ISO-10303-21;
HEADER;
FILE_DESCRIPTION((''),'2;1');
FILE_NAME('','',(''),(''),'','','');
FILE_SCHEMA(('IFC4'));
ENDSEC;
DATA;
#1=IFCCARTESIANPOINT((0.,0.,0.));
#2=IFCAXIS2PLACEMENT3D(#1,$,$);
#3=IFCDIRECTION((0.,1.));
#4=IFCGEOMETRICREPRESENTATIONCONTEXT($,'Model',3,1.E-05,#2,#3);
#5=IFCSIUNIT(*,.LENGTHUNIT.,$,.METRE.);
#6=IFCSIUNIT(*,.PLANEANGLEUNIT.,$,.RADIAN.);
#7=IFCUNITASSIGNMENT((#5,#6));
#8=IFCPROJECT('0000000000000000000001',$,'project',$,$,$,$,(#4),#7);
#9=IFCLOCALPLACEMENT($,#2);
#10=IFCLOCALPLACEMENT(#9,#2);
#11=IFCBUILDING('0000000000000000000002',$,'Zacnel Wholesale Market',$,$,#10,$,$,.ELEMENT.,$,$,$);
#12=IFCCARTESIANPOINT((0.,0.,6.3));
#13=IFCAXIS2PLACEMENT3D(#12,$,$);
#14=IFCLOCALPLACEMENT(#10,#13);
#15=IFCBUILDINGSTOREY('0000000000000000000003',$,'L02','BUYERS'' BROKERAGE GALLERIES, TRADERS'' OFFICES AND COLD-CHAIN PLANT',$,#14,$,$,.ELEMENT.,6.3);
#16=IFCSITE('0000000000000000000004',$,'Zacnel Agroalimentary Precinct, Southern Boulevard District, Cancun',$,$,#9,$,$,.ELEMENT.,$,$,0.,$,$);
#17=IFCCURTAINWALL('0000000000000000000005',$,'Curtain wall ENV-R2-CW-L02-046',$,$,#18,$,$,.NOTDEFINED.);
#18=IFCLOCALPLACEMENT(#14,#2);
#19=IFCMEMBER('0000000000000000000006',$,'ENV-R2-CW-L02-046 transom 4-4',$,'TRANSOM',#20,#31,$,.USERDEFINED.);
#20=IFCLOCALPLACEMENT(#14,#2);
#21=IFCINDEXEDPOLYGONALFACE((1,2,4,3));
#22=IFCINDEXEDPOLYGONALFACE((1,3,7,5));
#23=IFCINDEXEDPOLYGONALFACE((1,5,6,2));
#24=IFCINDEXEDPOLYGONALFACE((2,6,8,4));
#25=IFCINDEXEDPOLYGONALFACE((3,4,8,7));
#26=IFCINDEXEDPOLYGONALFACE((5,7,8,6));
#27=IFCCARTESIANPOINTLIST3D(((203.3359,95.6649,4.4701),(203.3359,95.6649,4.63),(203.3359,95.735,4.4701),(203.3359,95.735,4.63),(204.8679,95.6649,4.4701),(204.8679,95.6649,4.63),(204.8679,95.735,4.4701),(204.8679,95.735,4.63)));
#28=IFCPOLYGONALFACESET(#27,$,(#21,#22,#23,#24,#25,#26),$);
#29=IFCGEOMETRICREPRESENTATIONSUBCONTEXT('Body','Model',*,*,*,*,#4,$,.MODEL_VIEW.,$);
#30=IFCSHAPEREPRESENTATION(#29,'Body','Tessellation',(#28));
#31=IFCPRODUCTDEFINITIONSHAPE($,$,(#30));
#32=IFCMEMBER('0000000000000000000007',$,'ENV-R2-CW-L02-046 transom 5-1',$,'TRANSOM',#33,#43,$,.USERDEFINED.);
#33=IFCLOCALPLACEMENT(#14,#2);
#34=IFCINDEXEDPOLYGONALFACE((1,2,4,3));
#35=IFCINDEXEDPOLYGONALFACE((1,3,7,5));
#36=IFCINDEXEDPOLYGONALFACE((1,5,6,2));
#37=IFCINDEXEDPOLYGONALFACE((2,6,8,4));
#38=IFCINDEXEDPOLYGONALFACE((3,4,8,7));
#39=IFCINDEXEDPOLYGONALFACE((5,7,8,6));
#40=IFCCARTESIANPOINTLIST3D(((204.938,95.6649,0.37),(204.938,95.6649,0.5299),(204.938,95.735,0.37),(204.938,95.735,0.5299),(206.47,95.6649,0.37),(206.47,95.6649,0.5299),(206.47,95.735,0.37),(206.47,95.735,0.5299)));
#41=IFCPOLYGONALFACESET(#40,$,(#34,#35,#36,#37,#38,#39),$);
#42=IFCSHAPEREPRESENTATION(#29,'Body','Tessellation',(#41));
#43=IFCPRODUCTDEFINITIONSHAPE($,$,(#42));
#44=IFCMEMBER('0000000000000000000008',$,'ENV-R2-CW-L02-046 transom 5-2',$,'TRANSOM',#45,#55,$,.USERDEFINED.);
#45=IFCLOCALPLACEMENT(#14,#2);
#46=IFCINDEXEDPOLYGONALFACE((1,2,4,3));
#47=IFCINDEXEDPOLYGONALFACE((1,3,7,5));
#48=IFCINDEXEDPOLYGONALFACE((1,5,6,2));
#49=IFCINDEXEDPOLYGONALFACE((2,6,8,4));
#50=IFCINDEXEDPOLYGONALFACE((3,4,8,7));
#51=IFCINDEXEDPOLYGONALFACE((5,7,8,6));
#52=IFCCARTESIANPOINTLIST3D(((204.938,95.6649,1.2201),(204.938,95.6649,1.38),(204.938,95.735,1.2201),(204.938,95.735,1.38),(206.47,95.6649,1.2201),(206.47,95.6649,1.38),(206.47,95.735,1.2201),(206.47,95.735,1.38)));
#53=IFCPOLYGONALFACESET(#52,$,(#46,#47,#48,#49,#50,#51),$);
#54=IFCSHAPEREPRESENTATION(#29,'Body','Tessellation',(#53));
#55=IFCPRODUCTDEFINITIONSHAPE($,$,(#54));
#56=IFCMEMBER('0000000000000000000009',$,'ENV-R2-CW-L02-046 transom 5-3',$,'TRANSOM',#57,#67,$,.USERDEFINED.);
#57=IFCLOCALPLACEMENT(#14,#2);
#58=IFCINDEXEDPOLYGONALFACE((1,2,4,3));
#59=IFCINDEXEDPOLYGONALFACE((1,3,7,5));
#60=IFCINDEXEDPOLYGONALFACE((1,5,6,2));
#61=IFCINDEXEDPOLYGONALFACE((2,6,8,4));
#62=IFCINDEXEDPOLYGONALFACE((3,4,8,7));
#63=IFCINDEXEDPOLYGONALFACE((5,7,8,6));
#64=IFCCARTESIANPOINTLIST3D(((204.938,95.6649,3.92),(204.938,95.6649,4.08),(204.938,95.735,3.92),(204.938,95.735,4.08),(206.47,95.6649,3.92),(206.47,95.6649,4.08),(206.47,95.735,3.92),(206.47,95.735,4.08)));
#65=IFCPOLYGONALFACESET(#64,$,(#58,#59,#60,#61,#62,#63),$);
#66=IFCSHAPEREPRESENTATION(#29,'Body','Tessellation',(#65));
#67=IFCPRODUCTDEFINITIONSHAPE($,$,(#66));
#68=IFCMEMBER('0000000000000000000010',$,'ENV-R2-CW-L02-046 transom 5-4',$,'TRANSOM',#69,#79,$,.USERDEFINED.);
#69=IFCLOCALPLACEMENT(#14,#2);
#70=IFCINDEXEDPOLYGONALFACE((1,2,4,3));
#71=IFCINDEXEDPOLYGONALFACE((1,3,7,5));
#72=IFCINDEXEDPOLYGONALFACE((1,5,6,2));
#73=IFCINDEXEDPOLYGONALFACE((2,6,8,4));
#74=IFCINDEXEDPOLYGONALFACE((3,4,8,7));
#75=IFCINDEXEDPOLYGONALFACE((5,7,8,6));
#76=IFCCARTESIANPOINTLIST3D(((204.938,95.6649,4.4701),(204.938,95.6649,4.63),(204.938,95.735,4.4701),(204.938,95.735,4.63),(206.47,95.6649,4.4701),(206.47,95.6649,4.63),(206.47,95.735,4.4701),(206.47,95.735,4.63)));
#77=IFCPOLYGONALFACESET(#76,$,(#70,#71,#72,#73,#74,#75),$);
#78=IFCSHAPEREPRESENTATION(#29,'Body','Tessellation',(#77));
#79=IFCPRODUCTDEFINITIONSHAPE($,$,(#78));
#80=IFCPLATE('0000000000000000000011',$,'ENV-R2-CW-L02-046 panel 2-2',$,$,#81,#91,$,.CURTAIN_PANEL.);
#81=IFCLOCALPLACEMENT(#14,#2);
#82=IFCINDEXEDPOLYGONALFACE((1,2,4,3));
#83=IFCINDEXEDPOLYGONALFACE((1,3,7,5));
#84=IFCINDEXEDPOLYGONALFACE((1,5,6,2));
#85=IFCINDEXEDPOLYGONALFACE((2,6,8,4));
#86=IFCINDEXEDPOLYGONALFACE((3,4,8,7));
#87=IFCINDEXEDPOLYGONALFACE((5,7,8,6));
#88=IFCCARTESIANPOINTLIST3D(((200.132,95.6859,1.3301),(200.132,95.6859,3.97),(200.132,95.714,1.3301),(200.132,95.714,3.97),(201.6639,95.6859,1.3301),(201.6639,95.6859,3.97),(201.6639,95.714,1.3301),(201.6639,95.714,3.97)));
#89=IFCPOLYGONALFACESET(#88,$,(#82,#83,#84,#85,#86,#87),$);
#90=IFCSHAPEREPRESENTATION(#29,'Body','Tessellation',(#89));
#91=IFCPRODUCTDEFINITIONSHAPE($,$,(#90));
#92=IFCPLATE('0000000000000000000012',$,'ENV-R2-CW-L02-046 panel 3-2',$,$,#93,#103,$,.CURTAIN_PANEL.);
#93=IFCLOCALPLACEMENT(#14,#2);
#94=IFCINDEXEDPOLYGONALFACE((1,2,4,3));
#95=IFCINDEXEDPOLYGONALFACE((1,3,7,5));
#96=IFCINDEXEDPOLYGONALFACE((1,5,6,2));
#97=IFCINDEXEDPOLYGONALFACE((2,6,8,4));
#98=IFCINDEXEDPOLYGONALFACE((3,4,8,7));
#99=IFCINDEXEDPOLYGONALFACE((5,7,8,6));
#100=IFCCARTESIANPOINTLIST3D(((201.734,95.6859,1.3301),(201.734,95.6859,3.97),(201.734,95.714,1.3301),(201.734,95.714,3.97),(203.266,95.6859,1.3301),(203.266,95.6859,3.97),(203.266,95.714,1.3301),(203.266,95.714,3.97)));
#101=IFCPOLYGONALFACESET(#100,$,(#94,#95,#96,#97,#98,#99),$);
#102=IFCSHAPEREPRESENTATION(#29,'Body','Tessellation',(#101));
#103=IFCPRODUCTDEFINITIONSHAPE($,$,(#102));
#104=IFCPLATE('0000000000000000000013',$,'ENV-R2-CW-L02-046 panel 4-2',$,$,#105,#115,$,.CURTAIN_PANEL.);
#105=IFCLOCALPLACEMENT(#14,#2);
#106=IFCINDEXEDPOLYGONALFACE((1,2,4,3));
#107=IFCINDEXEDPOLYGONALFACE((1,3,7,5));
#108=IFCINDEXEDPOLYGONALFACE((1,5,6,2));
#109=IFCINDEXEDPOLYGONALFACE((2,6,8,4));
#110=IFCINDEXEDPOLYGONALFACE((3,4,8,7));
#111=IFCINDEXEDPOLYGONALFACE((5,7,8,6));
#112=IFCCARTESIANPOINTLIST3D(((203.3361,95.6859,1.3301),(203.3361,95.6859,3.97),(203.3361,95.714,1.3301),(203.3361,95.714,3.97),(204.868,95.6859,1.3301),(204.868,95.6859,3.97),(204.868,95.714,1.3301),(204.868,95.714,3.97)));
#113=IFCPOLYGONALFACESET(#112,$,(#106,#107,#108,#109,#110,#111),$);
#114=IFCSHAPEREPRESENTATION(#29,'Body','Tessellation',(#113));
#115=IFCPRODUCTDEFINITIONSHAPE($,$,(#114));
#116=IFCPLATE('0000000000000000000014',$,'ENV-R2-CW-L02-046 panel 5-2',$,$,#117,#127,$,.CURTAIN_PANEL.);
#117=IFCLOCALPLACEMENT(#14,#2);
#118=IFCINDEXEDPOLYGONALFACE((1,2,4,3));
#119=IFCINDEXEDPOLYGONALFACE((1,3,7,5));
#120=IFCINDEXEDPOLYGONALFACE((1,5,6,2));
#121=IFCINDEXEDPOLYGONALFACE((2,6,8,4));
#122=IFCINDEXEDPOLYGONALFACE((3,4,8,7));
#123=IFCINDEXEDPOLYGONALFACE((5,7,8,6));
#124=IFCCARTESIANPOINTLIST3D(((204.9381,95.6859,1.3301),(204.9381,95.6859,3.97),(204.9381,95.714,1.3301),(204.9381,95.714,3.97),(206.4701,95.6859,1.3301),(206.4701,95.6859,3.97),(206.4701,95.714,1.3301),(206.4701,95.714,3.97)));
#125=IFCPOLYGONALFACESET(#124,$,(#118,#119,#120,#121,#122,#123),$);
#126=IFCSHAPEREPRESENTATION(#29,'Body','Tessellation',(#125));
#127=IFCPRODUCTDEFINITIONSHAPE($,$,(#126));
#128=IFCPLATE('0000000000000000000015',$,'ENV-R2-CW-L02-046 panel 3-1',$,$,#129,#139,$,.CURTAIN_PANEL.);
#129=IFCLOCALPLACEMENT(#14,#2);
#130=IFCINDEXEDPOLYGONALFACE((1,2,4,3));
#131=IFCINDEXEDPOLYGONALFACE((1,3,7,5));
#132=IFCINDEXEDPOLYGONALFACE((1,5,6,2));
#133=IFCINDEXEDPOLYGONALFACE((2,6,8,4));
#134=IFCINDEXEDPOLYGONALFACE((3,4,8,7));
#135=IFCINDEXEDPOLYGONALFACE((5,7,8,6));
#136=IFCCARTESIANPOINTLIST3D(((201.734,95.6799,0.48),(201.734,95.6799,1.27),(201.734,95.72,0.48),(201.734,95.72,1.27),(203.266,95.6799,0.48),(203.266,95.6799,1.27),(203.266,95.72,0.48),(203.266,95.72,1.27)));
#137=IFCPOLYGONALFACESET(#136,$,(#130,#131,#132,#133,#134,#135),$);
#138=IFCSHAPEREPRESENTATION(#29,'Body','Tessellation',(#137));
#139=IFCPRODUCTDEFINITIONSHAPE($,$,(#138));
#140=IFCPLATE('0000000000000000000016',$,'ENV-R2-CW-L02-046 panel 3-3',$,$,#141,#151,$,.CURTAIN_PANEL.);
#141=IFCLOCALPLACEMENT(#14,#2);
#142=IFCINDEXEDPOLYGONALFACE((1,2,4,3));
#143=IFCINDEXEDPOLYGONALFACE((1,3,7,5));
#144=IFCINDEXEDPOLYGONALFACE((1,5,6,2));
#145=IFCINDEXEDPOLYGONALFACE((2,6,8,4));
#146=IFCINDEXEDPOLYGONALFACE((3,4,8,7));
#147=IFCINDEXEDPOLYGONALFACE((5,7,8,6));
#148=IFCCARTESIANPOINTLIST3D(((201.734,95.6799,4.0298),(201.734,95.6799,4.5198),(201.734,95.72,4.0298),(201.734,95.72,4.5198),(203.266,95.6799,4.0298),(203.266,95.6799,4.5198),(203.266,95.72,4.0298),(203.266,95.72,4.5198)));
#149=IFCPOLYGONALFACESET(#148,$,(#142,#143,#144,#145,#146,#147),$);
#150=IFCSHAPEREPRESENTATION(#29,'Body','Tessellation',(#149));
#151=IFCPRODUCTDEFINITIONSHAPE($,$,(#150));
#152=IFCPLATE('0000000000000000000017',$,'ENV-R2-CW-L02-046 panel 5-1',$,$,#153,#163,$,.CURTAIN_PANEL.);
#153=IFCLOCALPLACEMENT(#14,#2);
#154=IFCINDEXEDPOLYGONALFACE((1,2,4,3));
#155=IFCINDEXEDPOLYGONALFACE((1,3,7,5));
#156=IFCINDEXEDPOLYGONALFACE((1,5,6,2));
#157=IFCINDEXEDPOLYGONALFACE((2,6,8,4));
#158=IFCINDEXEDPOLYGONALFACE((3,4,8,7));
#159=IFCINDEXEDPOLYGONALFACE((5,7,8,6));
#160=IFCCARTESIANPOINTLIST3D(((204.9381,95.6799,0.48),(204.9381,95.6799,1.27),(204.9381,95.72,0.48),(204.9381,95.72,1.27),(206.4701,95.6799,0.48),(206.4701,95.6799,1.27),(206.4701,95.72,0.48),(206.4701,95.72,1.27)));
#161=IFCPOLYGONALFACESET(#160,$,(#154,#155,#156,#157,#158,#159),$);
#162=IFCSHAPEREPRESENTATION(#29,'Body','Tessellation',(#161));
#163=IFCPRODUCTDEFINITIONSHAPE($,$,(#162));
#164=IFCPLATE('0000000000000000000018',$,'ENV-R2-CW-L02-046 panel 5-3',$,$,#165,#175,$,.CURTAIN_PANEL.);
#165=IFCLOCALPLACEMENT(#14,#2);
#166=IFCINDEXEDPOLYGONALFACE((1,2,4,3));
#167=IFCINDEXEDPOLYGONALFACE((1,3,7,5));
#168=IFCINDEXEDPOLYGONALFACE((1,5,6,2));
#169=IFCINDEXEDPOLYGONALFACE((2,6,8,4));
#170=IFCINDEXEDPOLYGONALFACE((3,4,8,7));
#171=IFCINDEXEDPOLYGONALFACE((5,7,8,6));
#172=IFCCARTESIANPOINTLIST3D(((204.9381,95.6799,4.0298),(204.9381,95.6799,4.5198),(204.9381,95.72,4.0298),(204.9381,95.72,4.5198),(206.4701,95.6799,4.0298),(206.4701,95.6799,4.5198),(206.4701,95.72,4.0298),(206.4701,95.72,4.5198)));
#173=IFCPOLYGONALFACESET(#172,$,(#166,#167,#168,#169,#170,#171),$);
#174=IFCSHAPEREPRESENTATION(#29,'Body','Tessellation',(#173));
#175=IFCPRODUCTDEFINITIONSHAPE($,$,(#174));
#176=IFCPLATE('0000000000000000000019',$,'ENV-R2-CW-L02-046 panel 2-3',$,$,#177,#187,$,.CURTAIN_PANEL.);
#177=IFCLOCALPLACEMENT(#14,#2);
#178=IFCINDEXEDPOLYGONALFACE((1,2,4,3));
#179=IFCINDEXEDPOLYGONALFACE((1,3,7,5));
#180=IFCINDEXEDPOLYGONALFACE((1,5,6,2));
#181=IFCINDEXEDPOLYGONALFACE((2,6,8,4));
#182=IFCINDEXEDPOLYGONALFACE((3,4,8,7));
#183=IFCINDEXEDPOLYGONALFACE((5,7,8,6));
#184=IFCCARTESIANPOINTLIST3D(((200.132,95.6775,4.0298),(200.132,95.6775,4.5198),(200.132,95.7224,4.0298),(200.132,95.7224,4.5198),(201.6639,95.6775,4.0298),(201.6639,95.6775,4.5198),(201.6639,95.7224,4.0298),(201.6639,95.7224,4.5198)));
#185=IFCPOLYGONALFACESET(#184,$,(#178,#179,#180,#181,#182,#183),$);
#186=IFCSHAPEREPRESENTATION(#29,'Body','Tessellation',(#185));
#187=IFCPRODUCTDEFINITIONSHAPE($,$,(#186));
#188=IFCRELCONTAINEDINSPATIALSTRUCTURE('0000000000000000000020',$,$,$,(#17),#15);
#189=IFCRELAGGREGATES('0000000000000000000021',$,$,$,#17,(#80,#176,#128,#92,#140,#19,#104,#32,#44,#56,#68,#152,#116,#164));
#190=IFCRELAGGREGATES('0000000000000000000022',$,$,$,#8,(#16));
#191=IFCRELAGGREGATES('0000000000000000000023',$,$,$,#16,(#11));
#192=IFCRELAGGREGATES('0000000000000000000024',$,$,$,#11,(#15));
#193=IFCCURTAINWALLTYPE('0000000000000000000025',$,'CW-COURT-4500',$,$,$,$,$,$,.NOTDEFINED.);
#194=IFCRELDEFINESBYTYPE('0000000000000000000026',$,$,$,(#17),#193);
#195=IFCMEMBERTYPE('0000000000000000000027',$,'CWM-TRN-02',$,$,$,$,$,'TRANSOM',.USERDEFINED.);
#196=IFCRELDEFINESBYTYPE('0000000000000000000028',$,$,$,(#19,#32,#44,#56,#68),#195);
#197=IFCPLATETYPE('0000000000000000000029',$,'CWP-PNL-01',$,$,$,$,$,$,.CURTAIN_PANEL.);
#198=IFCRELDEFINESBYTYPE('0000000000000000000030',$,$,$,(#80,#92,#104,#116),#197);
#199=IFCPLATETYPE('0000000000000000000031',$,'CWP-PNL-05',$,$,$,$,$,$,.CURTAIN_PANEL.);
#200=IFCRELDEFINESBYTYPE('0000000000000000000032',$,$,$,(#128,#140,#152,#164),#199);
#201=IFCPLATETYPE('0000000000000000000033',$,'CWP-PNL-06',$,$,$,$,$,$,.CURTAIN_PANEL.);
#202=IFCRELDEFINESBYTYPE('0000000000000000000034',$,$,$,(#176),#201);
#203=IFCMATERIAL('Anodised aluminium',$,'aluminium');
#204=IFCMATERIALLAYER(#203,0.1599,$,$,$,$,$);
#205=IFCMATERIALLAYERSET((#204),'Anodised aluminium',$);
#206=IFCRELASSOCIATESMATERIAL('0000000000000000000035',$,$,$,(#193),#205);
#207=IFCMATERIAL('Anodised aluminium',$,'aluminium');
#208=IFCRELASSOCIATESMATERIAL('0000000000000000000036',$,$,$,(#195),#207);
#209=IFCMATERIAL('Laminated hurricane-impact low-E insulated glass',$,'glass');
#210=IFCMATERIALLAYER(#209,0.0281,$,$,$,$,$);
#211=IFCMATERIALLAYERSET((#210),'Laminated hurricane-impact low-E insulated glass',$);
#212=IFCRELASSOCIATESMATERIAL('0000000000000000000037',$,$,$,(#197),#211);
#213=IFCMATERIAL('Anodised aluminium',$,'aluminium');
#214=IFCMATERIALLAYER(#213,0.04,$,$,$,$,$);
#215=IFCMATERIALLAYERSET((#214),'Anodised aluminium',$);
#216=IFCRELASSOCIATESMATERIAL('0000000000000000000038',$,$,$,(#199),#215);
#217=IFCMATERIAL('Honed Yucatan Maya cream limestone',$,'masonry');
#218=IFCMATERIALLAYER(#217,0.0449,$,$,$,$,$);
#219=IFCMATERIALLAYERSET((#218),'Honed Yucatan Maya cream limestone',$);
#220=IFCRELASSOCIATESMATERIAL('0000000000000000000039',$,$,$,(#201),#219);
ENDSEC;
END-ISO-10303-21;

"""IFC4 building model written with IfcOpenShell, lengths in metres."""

from ifc_helpers import new_model, si_unit, direction, frame, origin, origin_2d, place, context, subcontext, project, spatial, rectangle, extrude, material, layer, layer_set, material_profile, profile_set, type_object, element, aggregate, save


model = new_model("IFC4")

# Units and contexts
model_context = context("Model", 3, precision=1e-05, world=origin(), true_north=direction((0.0, 1.0)))
body_context = subcontext(model_context, "Body", "Model", "MODEL_VIEW")
ifc_project = project(units=[si_unit("LENGTHUNIT", "METRE"), si_unit("PLANEANGLEUNIT", "RADIAN")], contexts=[model_context])

# Site, building, storey
site_placement = place(None, origin())
site = spatial("IfcSite", under=ifc_project, at=site_placement, Name="Zacnel Agroalimentary Precinct, Southern Boulevard District, Cancun", CompositionType="ELEMENT", RefElevation=0.0)
building_placement = place(site_placement, origin())
building = spatial("IfcBuilding", under=site, at=building_placement, Name="Zacnel Wholesale Market", CompositionType="ELEMENT")
storey_placement = place(building_placement, frame((0.0, 0.0, 6.3)))
storey = spatial("IfcBuildingStorey", under=building, at=storey_placement, Name="L02", Description="BUYERS' BROKERAGE GALLERIES, TRADERS' OFFICES AND COLD-CHAIN PLANT", CompositionType="ELEMENT", Elevation=6.3)

# Curtain wall, members, plates
ifc_material_1 = material(Name="Anodised aluminium", Category="aluminium")
ifc_layer_1 = layer(ifc_material_1, 0.1599)
ifc_layer_set_1 = layer_set([ifc_layer_1], Name="Anodised aluminium")
curtain_wall_type = type_object("IfcCurtainWallType", Name="CW-COURT-4500", PredefinedType="NOTDEFINED", material=ifc_layer_set_1)
curtain_wall_placement = place(storey_placement, origin())
curtain_wall = element("IfcCurtainWall", 1, at=curtain_wall_placement, inside=storey, type_object=curtain_wall_type, Name="Curtain wall ENV-R2-CW-L02-046", PredefinedType="NOTDEFINED")
ifc_material_2 = material(Name="Anodised aluminium", Category="aluminium")
ifc_material_profile_1 = material_profile(ifc_material_2, rectangle(XDim=0.0701, YDim=0.1599, at=origin_2d()), Name="AW-TRANSOM 70x160")
ifc_profile_set_1 = profile_set([ifc_material_profile_1], Name="Anodised aluminium")
member_type_1 = type_object("IfcMemberType", Name="CWM-TRN-02", ElementType="TRANSOM", PredefinedType="USERDEFINED", material=ifc_profile_set_1)
member_1_placement = place(storey_placement, frame((203.3359, 95.7, 4.55), z_axis=(1.0, 0.0, 0.0), x_axis=(0.0, 1.0, 0.0)))
member_1 = element("IfcMember", 2, at=member_1_placement, type_object=member_type_1, Name="ENV-R2-CW-L02-046 transom 4-4", ObjectType="TRANSOM", PredefinedType="USERDEFINED", context=body_context, shape_type="SweptSolid", body=[
    extrude(rectangle(XDim=0.0701, YDim=0.1599, at=origin_2d()), origin(), (0.0, 0.0, 1.0), 1.532),
])
member_2_placement = place(storey_placement, frame((204.938, 95.7, 0.45), z_axis=(1.0, 0.0, 0.0), x_axis=(0.0, 1.0, 0.0)))
member_2 = element("IfcMember", 3, at=member_2_placement, type_object=member_type_1, Name="ENV-R2-CW-L02-046 transom 5-1", ObjectType="TRANSOM", PredefinedType="USERDEFINED", context=body_context, shape_type="SweptSolid", body=[
    extrude(rectangle(XDim=0.0701, YDim=0.1599, at=origin_2d()), origin(), (0.0, 0.0, 1.0), 1.532),
])
member_3_placement = place(storey_placement, frame((204.938, 95.7, 1.3), z_axis=(1.0, 0.0, 0.0), x_axis=(0.0, 1.0, 0.0)))
member_3 = element("IfcMember", 4, at=member_3_placement, type_object=member_type_1, Name="ENV-R2-CW-L02-046 transom 5-2", ObjectType="TRANSOM", PredefinedType="USERDEFINED", context=body_context, shape_type="SweptSolid", body=[
    extrude(rectangle(XDim=0.0701, YDim=0.1599, at=origin_2d()), origin(), (0.0, 0.0, 1.0), 1.532),
])
member_4_placement = place(storey_placement, frame((204.938, 95.7, 4.0), z_axis=(1.0, 0.0, 0.0), x_axis=(0.0, 1.0, 0.0)))
member_4 = element("IfcMember", 5, at=member_4_placement, type_object=member_type_1, Name="ENV-R2-CW-L02-046 transom 5-3", ObjectType="TRANSOM", PredefinedType="USERDEFINED", context=body_context, shape_type="SweptSolid", body=[
    extrude(rectangle(XDim=0.0701, YDim=0.1599, at=origin_2d()), origin(), (0.0, 0.0, 1.0), 1.532),
])
member_5_placement = place(storey_placement, frame((204.938, 95.7, 4.55), z_axis=(1.0, 0.0, 0.0), x_axis=(0.0, 1.0, 0.0)))
member_5 = element("IfcMember", 6, at=member_5_placement, type_object=member_type_1, Name="ENV-R2-CW-L02-046 transom 5-4", ObjectType="TRANSOM", PredefinedType="USERDEFINED", context=body_context, shape_type="SweptSolid", body=[
    extrude(rectangle(XDim=0.0701, YDim=0.1599, at=origin_2d()), origin(), (0.0, 0.0, 1.0), 1.532),
])
ifc_material_3 = material(Name="Laminated hurricane-impact low-E insulated glass", Category="glass")
ifc_layer_2 = layer(ifc_material_3, 0.0281)
ifc_layer_set_2 = layer_set([ifc_layer_2], Name="Laminated hurricane-impact low-E insulated glass")
plate_type_1 = type_object("IfcPlateType", Name="CWP-PNL-01", PredefinedType="CURTAIN_PANEL", material=ifc_layer_set_2)
plate_1_placement = place(storey_placement, frame((200.8979, 95.7, 1.3301), z_axis=(0.0, 0.0, 1.0), x_axis=(1.0, 0.0, 0.0)))
plate_1 = element("IfcPlate", 7, at=plate_1_placement, type_object=plate_type_1, Name="ENV-R2-CW-L02-046 panel 2-2", PredefinedType="CURTAIN_PANEL", context=body_context, shape_type="SweptSolid", body=[
    extrude(rectangle(XDim=1.532, YDim=0.0281, at=origin_2d()), origin(), (0.0, 0.0, 1.0), 2.6399),
])
plate_2_placement = place(storey_placement, frame((202.5, 95.7, 1.3301), z_axis=(0.0, 0.0, 1.0), x_axis=(1.0, 0.0, 0.0)))
plate_2 = element("IfcPlate", 8, at=plate_2_placement, type_object=plate_type_1, Name="ENV-R2-CW-L02-046 panel 3-2", PredefinedType="CURTAIN_PANEL", context=body_context, shape_type="SweptSolid", body=[
    extrude(rectangle(XDim=1.532, YDim=0.0281, at=origin_2d()), origin(), (0.0, 0.0, 1.0), 2.6399),
])
plate_3_placement = place(storey_placement, frame((204.1021, 95.7, 1.3301), z_axis=(0.0, 0.0, 1.0), x_axis=(1.0, 0.0, 0.0)))
plate_3 = element("IfcPlate", 9, at=plate_3_placement, type_object=plate_type_1, Name="ENV-R2-CW-L02-046 panel 4-2", PredefinedType="CURTAIN_PANEL", context=body_context, shape_type="SweptSolid", body=[
    extrude(rectangle(XDim=1.532, YDim=0.0281, at=origin_2d()), origin(), (0.0, 0.0, 1.0), 2.6399),
])
plate_4_placement = place(storey_placement, frame((205.7041, 95.7, 1.3301), z_axis=(0.0, 0.0, 1.0), x_axis=(1.0, 0.0, 0.0)))
plate_4 = element("IfcPlate", 10, at=plate_4_placement, type_object=plate_type_1, Name="ENV-R2-CW-L02-046 panel 5-2", PredefinedType="CURTAIN_PANEL", context=body_context, shape_type="SweptSolid", body=[
    extrude(rectangle(XDim=1.532, YDim=0.0281, at=origin_2d()), origin(), (0.0, 0.0, 1.0), 2.6399),
])
ifc_material_4 = material(Name="Anodised aluminium", Category="aluminium")
ifc_layer_3 = layer(ifc_material_4, 0.04)
ifc_layer_set_3 = layer_set([ifc_layer_3], Name="Anodised aluminium")
plate_type_2 = type_object("IfcPlateType", Name="CWP-PNL-05", PredefinedType="CURTAIN_PANEL", material=ifc_layer_set_3)
plate_5_placement = place(storey_placement, frame((202.5, 95.7, 0.48), z_axis=(0.0, 0.0, 1.0), x_axis=(1.0, 0.0, 0.0)))
plate_5 = element("IfcPlate", 11, at=plate_5_placement, type_object=plate_type_2, Name="ENV-R2-CW-L02-046 panel 3-1", PredefinedType="CURTAIN_PANEL", context=body_context, shape_type="SweptSolid", body=[
    extrude(rectangle(XDim=1.532, YDim=0.04, at=origin_2d()), origin(), (0.0, 0.0, 1.0), 0.79),
])
plate_6_placement = place(storey_placement, frame((202.5, 95.7, 4.0298), z_axis=(0.0, 0.0, 1.0), x_axis=(1.0, 0.0, 0.0)))
plate_6 = element("IfcPlate", 12, at=plate_6_placement, type_object=plate_type_2, Name="ENV-R2-CW-L02-046 panel 3-3", PredefinedType="CURTAIN_PANEL", context=body_context, shape_type="SweptSolid", body=[
    extrude(rectangle(XDim=1.532, YDim=0.04, at=origin_2d()), origin(), (0.0, 0.0, 1.0), 0.49),
])
plate_7_placement = place(storey_placement, frame((205.7041, 95.7, 0.48), z_axis=(0.0, 0.0, 1.0), x_axis=(1.0, 0.0, 0.0)))
plate_7 = element("IfcPlate", 13, at=plate_7_placement, type_object=plate_type_2, Name="ENV-R2-CW-L02-046 panel 5-1", PredefinedType="CURTAIN_PANEL", context=body_context, shape_type="SweptSolid", body=[
    extrude(rectangle(XDim=1.532, YDim=0.04, at=origin_2d()), origin(), (0.0, 0.0, 1.0), 0.79),
])
plate_8_placement = place(storey_placement, frame((205.7041, 95.7, 4.0298), z_axis=(0.0, 0.0, 1.0), x_axis=(1.0, 0.0, 0.0)))
plate_8 = element("IfcPlate", 14, at=plate_8_placement, type_object=plate_type_2, Name="ENV-R2-CW-L02-046 panel 5-3", PredefinedType="CURTAIN_PANEL", context=body_context, shape_type="SweptSolid", body=[
    extrude(rectangle(XDim=1.532, YDim=0.04, at=origin_2d()), origin(), (0.0, 0.0, 1.0), 0.49),
])
ifc_material_5 = material(Name="Honed Yucatan Maya cream limestone", Category="masonry")
ifc_layer_4 = layer(ifc_material_5, 0.0449)
ifc_layer_set_4 = layer_set([ifc_layer_4], Name="Honed Yucatan Maya cream limestone")
plate_type_3 = type_object("IfcPlateType", Name="CWP-PNL-06", PredefinedType="CURTAIN_PANEL", material=ifc_layer_set_4)
plate_9_placement = place(storey_placement, frame((200.8979, 95.7, 4.0298), z_axis=(0.0, 0.0, 1.0), x_axis=(1.0, 0.0, 0.0)))
plate_9 = element("IfcPlate", 15, at=plate_9_placement, type_object=plate_type_3, Name="ENV-R2-CW-L02-046 panel 2-3", PredefinedType="CURTAIN_PANEL", context=body_context, shape_type="SweptSolid", body=[
    extrude(rectangle(XDim=1.532, YDim=0.0449, at=origin_2d()), origin(), (0.0, 0.0, 1.0), 0.49),
])
aggregate(curtain_wall, [plate_1, plate_9, plate_5, plate_2, plate_6, member_1, plate_3, member_2, member_3, member_4, member_5, plate_7, plate_4, plate_8])

save(model, "model.ifc")
